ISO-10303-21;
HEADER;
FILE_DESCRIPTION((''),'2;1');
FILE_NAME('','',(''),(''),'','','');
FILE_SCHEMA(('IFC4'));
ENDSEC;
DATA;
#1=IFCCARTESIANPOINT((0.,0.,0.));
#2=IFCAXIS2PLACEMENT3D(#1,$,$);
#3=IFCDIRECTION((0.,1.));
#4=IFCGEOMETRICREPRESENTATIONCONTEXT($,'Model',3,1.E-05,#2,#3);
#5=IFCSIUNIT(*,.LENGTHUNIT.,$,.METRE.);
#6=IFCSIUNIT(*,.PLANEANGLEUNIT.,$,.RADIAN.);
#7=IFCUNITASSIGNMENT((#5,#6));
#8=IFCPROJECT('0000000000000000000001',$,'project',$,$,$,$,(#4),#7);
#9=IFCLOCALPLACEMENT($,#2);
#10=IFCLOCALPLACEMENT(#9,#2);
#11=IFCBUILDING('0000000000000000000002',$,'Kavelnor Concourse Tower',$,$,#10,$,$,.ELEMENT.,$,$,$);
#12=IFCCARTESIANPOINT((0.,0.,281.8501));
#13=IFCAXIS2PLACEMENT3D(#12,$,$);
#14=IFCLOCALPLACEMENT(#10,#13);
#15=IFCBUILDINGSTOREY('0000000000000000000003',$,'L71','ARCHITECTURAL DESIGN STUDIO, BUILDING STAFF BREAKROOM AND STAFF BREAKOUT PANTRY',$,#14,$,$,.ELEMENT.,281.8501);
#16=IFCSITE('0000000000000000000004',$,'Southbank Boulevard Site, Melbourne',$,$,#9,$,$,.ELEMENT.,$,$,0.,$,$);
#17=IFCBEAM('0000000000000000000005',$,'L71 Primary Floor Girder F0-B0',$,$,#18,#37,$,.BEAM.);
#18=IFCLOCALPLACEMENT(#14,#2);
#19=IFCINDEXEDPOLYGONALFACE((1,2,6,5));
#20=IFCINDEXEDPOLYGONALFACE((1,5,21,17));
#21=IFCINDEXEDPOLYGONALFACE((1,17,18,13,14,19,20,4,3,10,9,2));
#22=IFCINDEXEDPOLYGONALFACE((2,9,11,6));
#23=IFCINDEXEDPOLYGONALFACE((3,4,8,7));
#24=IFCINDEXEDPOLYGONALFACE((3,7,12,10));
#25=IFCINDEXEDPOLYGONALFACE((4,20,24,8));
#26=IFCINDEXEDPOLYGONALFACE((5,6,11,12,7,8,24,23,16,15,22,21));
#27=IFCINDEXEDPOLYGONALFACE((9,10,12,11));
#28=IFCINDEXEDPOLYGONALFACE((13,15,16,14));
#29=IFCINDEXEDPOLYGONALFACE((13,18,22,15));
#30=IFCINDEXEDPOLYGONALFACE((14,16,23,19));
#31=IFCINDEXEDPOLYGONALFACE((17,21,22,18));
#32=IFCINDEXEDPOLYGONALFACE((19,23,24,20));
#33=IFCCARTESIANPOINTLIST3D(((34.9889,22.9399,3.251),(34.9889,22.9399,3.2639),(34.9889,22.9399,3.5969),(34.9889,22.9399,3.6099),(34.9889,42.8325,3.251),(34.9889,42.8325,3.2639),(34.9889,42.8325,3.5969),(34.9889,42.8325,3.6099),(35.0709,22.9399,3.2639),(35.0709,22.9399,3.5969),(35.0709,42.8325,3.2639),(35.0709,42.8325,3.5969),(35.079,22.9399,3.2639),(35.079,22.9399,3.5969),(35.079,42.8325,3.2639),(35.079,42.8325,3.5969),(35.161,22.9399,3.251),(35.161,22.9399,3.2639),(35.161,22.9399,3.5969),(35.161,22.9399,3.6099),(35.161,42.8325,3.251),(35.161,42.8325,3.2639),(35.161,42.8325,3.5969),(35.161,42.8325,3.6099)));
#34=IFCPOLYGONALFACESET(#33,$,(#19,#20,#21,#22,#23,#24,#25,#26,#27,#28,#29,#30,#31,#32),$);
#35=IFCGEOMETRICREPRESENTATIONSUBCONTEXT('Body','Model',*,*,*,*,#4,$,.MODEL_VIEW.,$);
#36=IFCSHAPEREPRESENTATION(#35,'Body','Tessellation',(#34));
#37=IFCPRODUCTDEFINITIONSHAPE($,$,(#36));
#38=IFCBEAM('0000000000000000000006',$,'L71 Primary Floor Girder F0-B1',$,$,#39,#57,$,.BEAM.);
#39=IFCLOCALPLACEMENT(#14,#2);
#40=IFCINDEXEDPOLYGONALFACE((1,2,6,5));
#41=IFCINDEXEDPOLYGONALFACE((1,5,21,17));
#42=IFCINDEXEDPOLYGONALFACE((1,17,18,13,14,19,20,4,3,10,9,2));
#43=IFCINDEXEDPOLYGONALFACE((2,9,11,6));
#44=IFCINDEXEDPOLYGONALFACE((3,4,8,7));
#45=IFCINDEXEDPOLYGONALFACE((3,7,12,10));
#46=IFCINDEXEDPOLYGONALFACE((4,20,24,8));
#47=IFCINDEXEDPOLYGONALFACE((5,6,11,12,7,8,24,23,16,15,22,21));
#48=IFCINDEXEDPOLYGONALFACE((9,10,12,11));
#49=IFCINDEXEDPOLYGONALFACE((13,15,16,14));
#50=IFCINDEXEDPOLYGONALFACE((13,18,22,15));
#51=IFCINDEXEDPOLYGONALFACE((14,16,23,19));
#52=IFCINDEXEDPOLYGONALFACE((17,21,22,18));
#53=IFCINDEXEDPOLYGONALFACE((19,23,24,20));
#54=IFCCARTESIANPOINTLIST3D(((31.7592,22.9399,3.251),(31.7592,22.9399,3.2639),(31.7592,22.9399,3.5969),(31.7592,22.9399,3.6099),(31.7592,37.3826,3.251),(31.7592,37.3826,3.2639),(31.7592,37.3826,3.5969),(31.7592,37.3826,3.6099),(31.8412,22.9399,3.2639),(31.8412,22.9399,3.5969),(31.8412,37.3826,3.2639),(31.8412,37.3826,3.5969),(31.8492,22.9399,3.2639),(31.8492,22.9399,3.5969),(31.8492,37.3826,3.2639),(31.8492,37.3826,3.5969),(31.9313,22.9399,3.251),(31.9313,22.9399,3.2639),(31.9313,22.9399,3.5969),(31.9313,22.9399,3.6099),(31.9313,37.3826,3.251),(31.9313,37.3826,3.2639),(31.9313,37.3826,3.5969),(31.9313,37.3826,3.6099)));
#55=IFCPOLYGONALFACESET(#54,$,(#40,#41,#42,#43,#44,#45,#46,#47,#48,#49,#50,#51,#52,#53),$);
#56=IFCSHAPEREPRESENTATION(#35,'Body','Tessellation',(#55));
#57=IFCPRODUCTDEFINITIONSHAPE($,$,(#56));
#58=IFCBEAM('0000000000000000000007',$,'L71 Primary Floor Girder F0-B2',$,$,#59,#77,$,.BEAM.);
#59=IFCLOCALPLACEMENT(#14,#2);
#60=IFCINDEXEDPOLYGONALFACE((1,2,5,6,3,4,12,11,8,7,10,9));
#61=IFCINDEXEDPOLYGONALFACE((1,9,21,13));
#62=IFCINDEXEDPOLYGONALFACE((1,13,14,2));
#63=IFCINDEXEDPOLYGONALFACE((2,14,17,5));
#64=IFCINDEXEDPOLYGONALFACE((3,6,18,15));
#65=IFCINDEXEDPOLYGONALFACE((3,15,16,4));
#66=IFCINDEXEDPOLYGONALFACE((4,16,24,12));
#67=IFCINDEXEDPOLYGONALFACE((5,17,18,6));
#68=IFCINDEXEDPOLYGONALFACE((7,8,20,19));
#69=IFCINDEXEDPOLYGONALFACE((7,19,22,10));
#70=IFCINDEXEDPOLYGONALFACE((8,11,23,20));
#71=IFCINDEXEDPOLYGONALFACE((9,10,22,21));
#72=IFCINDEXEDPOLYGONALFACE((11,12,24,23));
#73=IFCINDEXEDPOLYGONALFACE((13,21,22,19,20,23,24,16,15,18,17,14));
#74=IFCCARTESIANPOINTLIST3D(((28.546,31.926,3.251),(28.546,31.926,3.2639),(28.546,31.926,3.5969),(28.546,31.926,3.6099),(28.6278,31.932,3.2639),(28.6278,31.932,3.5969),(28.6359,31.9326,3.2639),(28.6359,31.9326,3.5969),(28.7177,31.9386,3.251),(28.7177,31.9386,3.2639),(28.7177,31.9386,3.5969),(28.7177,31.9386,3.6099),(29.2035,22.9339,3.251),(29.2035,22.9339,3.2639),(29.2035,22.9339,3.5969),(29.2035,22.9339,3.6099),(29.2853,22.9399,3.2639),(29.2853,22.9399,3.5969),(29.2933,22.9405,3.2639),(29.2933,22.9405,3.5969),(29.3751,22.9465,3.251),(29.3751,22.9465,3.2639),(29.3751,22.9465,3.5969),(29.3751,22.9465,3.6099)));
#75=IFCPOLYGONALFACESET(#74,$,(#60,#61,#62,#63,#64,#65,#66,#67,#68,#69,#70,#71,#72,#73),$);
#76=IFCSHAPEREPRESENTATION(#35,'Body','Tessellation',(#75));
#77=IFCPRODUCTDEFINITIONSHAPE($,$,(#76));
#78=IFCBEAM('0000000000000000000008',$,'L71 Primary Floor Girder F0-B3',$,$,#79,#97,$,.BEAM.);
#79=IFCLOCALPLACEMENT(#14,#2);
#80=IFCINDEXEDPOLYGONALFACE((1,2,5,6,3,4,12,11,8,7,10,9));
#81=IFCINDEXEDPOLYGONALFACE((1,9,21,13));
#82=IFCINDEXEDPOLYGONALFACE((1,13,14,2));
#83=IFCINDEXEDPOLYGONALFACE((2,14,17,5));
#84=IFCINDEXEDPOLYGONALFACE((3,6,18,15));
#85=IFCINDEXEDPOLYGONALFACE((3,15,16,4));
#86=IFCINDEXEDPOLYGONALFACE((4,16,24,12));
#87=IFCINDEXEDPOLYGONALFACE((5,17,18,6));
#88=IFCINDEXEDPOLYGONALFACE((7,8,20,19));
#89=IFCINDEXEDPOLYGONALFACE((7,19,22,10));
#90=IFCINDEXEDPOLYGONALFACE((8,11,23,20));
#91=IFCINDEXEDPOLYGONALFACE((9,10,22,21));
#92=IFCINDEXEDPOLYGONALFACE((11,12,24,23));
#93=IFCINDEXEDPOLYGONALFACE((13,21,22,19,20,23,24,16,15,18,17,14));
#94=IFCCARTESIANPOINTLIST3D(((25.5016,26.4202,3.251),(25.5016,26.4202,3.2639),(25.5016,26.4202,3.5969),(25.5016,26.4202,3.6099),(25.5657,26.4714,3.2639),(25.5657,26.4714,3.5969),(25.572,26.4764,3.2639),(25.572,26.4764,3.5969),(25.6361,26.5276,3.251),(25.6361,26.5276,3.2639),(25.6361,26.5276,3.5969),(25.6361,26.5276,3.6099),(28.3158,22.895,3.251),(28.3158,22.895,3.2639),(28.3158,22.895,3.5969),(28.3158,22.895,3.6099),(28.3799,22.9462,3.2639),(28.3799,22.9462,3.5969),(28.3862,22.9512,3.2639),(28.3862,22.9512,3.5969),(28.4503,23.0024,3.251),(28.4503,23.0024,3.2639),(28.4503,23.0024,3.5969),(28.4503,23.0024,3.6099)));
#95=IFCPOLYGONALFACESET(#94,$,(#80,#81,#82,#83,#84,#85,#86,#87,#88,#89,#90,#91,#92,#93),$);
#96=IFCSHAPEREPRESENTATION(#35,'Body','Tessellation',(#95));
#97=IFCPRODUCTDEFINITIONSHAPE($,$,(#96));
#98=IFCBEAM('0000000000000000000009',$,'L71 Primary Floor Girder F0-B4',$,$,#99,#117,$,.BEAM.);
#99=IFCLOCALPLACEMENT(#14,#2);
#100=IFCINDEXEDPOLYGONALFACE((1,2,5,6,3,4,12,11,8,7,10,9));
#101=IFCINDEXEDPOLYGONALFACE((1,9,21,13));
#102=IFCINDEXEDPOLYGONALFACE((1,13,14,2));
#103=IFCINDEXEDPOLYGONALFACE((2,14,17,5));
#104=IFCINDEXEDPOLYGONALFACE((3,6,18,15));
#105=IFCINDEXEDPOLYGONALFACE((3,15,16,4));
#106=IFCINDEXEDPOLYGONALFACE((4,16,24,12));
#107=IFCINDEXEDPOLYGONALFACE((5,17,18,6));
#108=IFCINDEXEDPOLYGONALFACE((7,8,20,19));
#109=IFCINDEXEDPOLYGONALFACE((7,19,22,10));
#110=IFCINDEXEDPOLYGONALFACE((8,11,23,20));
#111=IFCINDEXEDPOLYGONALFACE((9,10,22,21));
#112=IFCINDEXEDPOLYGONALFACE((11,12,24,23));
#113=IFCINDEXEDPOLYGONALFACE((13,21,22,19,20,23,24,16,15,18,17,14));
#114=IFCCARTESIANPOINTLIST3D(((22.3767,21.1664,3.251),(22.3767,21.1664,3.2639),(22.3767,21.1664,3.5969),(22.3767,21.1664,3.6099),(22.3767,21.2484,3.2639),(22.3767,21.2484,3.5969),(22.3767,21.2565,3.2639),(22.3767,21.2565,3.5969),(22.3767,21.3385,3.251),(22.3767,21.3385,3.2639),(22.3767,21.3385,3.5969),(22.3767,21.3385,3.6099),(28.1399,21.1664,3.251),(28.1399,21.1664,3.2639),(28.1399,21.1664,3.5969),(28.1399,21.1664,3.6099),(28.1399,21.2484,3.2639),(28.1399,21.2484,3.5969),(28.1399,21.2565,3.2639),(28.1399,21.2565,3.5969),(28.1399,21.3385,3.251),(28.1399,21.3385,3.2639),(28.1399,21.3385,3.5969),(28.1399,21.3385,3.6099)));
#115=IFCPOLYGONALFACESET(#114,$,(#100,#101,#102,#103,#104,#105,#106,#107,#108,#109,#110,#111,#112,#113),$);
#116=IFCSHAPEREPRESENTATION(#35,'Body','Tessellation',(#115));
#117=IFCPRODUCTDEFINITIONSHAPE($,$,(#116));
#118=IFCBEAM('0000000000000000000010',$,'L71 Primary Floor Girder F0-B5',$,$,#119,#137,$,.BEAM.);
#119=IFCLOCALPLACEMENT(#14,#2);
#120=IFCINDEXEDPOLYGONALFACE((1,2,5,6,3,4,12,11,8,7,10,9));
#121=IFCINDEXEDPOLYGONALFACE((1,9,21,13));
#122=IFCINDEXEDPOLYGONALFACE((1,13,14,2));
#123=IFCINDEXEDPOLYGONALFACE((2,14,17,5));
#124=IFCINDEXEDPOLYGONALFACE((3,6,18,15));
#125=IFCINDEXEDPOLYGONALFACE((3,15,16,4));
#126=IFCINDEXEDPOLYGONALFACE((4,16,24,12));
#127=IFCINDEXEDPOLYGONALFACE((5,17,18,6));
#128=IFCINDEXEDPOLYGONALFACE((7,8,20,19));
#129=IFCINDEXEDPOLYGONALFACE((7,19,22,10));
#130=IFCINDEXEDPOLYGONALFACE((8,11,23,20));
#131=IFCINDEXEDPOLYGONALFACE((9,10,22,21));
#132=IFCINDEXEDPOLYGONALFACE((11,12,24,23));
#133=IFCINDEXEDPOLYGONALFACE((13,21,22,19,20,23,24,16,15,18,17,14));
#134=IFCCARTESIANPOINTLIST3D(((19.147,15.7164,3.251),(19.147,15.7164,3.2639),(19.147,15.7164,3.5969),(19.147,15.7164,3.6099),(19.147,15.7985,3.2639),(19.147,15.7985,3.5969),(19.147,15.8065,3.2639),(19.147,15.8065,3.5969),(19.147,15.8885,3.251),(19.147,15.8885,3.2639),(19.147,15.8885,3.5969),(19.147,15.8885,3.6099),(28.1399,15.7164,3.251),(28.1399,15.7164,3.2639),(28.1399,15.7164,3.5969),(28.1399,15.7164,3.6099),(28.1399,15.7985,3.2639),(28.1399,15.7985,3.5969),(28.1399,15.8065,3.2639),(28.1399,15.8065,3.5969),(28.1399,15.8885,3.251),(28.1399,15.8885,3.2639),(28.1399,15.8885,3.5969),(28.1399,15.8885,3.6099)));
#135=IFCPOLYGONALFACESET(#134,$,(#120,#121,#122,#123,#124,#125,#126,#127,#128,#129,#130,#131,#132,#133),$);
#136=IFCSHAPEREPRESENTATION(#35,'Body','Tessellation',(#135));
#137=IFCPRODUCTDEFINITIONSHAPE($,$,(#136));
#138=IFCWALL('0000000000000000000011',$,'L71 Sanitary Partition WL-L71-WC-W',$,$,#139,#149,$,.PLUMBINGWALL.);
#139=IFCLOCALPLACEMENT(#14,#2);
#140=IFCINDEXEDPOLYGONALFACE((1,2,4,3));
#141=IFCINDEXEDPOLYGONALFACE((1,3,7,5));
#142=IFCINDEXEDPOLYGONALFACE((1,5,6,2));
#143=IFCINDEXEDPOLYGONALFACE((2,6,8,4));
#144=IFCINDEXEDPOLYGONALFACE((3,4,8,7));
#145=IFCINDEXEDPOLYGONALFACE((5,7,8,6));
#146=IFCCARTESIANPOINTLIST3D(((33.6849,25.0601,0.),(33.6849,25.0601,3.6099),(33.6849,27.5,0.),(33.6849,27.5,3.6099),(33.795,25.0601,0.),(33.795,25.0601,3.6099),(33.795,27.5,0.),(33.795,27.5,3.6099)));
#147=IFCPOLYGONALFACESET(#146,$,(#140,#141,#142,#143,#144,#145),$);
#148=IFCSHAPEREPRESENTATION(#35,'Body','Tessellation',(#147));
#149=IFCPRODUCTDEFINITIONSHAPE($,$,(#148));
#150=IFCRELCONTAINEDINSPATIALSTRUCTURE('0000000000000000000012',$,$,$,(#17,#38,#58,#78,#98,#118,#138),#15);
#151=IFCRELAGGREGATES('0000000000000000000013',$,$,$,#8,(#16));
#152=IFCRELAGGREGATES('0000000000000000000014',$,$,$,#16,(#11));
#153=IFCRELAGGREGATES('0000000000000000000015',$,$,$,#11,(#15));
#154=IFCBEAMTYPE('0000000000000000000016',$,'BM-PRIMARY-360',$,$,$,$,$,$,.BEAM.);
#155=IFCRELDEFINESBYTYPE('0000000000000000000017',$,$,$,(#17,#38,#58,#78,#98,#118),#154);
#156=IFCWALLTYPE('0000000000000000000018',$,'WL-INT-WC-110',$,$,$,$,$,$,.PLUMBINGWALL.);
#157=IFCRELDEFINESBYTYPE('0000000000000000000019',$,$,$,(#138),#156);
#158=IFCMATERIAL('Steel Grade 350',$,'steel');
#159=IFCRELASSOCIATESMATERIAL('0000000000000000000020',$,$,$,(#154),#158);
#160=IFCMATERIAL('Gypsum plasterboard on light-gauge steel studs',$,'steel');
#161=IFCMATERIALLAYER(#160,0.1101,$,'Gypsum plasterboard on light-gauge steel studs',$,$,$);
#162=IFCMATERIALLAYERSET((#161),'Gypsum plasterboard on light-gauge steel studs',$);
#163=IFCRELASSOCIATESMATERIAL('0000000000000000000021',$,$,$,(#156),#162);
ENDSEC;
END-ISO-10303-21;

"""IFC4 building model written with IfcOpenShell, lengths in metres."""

from ifc_helpers import new_model, si_unit, direction, frame, frame_2d, origin, origin_2d, place, context, subcontext, project, spatial, rectangle, i_section, extrude, material, layer, layer_set, material_profile, profile_set, type_object, element, save


model = new_model("IFC4")

# Units and contexts
model_context = context("Model", 3, precision=1e-05, world=origin(), true_north=direction((0.0, 1.0)))
body_context = subcontext(model_context, "Body", "Model", "MODEL_VIEW")
ifc_project = project(units=[si_unit("LENGTHUNIT", "METRE"), si_unit("PLANEANGLEUNIT", "RADIAN")], contexts=[model_context])

# Site, building, storey
site_placement = place(None, origin())
site = spatial("IfcSite", under=ifc_project, at=site_placement, Name="Southbank Boulevard Site, Melbourne", CompositionType="ELEMENT", RefElevation=0.0)
building_placement = place(site_placement, origin())
building = spatial("IfcBuilding", under=site, at=building_placement, Name="Kavelnor Concourse Tower", CompositionType="ELEMENT")
storey_placement = place(building_placement, frame((0.0, 0.0, 281.8501)))
storey = spatial("IfcBuildingStorey", under=building, at=storey_placement, Name="L71", Description="ARCHITECTURAL DESIGN STUDIO, BUILDING STAFF BREAKROOM AND STAFF BREAKOUT PANTRY", CompositionType="ELEMENT", Elevation=281.8501)

# Beams
ifc_material_1 = material(Name="Steel Grade 350", Category="steel")
ifc_material_profile = material_profile(ifc_material_1, i_section(OverallWidth=0.1721, OverallDepth=0.3589, WebThickness=0.0081, FlangeThickness=0.0129, at=origin_2d()), Name="360UB56")
ifc_profile_set = profile_set([ifc_material_profile], Name="Steel Grade 350")
beam_type = type_object("IfcBeamType", Name="BM-PRIMARY-360", PredefinedType="BEAM", material=ifc_profile_set)
beam_1_placement = place(storey_placement, frame((35.075, 22.9399, 3.4304), z_axis=(0.0, 1.0, 0.0), x_axis=(-1.0, 0.0, 0.0)))
element("IfcBeam", 1, at=beam_1_placement, inside=storey, type_object=beam_type, Name="L71 Primary Floor Girder F0-B0", PredefinedType="BEAM", context=body_context, shape_type="SweptSolid", body=[
    extrude(i_section(OverallWidth=0.1721, OverallDepth=0.3589, WebThickness=0.0081, FlangeThickness=0.0129, at=origin_2d()), origin(), (0.0, 0.0, 1.0), 19.8926),
])
beam_2_placement = place(storey_placement, frame((31.8452, 22.9399, 3.4304), z_axis=(0.0, 1.0, 0.0), x_axis=(-1.0, 0.0, 0.0)))
element("IfcBeam", 2, at=beam_2_placement, inside=storey, type_object=beam_type, Name="L71 Primary Floor Girder F0-B1", PredefinedType="BEAM", context=body_context, shape_type="SweptSolid", body=[
    extrude(i_section(OverallWidth=0.1721, OverallDepth=0.3589, WebThickness=0.0081, FlangeThickness=0.0129, at=origin_2d()), origin(), (0.0, 0.0, 1.0), 14.4426),
])
beam_3_placement = place(storey_placement, frame((29.2893, 22.9402, 3.4304), z_axis=(-0.072921, 0.997338, 0.0), x_axis=(-0.997338, -0.072921, 0.0)))
element("IfcBeam", 3, at=beam_3_placement, inside=storey, type_object=beam_type, Name="L71 Primary Floor Girder F0-B2", PredefinedType="BEAM", context=body_context, shape_type="SweptSolid", body=[
    extrude(i_section(OverallWidth=0.1721, OverallDepth=0.3589, WebThickness=0.0081, FlangeThickness=0.0129, at=origin_2d()), origin(), (0.0, 0.0, 1.0), 9.0161),
])
beam_4_placement = place(storey_placement, frame((28.3831, 22.9487, 3.4304), z_axis=(-0.623896, 0.781507, 0.0), x_axis=(-0.781507, -0.623896, 0.0)))
element("IfcBeam", 4, at=beam_4_placement, inside=storey, type_object=beam_type, Name="L71 Primary Floor Girder F0-B3", PredefinedType="BEAM", context=body_context, shape_type="SweptSolid", body=[
    extrude(i_section(OverallWidth=0.1721, OverallDepth=0.3589, WebThickness=0.0081, FlangeThickness=0.0129, at=origin_2d()), origin(), (0.0, 0.0, 1.0), 4.5107),
])
beam_5_placement = place(storey_placement, frame((28.1399, 21.2524, 3.4304), z_axis=(-1.0, 0.0, 0.0), x_axis=(0.0, -1.0, 0.0)))
element("IfcBeam", 5, at=beam_5_placement, inside=storey, type_object=beam_type, Name="L71 Primary Floor Girder F0-B4", PredefinedType="BEAM", context=body_context, shape_type="SweptSolid", body=[
    extrude(i_section(OverallWidth=0.1721, OverallDepth=0.3589, WebThickness=0.0081, FlangeThickness=0.0129, at=origin_2d()), origin(), (0.0, 0.0, 1.0), 5.7632),
])
beam_6_placement = place(storey_placement, frame((28.1399, 15.8025, 3.4304), z_axis=(-1.0, 0.0, 0.0), x_axis=(0.0, -1.0, 0.0)))
element("IfcBeam", 6, at=beam_6_placement, inside=storey, type_object=beam_type, Name="L71 Primary Floor Girder F0-B5", PredefinedType="BEAM", context=body_context, shape_type="SweptSolid", body=[
    extrude(i_section(OverallWidth=0.1721, OverallDepth=0.3589, WebThickness=0.0081, FlangeThickness=0.0129, at=origin_2d()), origin(), (0.0, 0.0, 1.0), 8.9929),
])

# Wall
ifc_material_2 = material(Name="Gypsum plasterboard on light-gauge steel studs", Category="steel")
ifc_layer_1 = layer(ifc_material_2, 0.1101, Name="Gypsum plasterboard on light-gauge steel studs")
ifc_layer_set_1 = layer_set([ifc_layer_1], Name="Gypsum plasterboard on light-gauge steel studs")
wall_type_1 = type_object("IfcWallType", Name="WL-INT-WC-110", PredefinedType="PLUMBINGWALL", material=ifc_layer_set_1)
wall_1_placement = place(storey_placement, frame((33.74, 25.0601, 0.0), z_axis=(0.0, 0.0, 1.0), x_axis=(0.0, 1.0, 0.0)))
element("IfcWall", 7, at=wall_1_placement, inside=storey, type_object=wall_type_1, Name="L71 Sanitary Partition WL-L71-WC-W", PredefinedType="PLUMBINGWALL", context=body_context, shape_type="SweptSolid", body=[
    extrude(rectangle(XDim=2.4399, YDim=0.1101, at=frame_2d((1.22, 0.0))), origin(), (0.0, 0.0, 1.0), 3.6099),
])

save(model, "model.ifc")
